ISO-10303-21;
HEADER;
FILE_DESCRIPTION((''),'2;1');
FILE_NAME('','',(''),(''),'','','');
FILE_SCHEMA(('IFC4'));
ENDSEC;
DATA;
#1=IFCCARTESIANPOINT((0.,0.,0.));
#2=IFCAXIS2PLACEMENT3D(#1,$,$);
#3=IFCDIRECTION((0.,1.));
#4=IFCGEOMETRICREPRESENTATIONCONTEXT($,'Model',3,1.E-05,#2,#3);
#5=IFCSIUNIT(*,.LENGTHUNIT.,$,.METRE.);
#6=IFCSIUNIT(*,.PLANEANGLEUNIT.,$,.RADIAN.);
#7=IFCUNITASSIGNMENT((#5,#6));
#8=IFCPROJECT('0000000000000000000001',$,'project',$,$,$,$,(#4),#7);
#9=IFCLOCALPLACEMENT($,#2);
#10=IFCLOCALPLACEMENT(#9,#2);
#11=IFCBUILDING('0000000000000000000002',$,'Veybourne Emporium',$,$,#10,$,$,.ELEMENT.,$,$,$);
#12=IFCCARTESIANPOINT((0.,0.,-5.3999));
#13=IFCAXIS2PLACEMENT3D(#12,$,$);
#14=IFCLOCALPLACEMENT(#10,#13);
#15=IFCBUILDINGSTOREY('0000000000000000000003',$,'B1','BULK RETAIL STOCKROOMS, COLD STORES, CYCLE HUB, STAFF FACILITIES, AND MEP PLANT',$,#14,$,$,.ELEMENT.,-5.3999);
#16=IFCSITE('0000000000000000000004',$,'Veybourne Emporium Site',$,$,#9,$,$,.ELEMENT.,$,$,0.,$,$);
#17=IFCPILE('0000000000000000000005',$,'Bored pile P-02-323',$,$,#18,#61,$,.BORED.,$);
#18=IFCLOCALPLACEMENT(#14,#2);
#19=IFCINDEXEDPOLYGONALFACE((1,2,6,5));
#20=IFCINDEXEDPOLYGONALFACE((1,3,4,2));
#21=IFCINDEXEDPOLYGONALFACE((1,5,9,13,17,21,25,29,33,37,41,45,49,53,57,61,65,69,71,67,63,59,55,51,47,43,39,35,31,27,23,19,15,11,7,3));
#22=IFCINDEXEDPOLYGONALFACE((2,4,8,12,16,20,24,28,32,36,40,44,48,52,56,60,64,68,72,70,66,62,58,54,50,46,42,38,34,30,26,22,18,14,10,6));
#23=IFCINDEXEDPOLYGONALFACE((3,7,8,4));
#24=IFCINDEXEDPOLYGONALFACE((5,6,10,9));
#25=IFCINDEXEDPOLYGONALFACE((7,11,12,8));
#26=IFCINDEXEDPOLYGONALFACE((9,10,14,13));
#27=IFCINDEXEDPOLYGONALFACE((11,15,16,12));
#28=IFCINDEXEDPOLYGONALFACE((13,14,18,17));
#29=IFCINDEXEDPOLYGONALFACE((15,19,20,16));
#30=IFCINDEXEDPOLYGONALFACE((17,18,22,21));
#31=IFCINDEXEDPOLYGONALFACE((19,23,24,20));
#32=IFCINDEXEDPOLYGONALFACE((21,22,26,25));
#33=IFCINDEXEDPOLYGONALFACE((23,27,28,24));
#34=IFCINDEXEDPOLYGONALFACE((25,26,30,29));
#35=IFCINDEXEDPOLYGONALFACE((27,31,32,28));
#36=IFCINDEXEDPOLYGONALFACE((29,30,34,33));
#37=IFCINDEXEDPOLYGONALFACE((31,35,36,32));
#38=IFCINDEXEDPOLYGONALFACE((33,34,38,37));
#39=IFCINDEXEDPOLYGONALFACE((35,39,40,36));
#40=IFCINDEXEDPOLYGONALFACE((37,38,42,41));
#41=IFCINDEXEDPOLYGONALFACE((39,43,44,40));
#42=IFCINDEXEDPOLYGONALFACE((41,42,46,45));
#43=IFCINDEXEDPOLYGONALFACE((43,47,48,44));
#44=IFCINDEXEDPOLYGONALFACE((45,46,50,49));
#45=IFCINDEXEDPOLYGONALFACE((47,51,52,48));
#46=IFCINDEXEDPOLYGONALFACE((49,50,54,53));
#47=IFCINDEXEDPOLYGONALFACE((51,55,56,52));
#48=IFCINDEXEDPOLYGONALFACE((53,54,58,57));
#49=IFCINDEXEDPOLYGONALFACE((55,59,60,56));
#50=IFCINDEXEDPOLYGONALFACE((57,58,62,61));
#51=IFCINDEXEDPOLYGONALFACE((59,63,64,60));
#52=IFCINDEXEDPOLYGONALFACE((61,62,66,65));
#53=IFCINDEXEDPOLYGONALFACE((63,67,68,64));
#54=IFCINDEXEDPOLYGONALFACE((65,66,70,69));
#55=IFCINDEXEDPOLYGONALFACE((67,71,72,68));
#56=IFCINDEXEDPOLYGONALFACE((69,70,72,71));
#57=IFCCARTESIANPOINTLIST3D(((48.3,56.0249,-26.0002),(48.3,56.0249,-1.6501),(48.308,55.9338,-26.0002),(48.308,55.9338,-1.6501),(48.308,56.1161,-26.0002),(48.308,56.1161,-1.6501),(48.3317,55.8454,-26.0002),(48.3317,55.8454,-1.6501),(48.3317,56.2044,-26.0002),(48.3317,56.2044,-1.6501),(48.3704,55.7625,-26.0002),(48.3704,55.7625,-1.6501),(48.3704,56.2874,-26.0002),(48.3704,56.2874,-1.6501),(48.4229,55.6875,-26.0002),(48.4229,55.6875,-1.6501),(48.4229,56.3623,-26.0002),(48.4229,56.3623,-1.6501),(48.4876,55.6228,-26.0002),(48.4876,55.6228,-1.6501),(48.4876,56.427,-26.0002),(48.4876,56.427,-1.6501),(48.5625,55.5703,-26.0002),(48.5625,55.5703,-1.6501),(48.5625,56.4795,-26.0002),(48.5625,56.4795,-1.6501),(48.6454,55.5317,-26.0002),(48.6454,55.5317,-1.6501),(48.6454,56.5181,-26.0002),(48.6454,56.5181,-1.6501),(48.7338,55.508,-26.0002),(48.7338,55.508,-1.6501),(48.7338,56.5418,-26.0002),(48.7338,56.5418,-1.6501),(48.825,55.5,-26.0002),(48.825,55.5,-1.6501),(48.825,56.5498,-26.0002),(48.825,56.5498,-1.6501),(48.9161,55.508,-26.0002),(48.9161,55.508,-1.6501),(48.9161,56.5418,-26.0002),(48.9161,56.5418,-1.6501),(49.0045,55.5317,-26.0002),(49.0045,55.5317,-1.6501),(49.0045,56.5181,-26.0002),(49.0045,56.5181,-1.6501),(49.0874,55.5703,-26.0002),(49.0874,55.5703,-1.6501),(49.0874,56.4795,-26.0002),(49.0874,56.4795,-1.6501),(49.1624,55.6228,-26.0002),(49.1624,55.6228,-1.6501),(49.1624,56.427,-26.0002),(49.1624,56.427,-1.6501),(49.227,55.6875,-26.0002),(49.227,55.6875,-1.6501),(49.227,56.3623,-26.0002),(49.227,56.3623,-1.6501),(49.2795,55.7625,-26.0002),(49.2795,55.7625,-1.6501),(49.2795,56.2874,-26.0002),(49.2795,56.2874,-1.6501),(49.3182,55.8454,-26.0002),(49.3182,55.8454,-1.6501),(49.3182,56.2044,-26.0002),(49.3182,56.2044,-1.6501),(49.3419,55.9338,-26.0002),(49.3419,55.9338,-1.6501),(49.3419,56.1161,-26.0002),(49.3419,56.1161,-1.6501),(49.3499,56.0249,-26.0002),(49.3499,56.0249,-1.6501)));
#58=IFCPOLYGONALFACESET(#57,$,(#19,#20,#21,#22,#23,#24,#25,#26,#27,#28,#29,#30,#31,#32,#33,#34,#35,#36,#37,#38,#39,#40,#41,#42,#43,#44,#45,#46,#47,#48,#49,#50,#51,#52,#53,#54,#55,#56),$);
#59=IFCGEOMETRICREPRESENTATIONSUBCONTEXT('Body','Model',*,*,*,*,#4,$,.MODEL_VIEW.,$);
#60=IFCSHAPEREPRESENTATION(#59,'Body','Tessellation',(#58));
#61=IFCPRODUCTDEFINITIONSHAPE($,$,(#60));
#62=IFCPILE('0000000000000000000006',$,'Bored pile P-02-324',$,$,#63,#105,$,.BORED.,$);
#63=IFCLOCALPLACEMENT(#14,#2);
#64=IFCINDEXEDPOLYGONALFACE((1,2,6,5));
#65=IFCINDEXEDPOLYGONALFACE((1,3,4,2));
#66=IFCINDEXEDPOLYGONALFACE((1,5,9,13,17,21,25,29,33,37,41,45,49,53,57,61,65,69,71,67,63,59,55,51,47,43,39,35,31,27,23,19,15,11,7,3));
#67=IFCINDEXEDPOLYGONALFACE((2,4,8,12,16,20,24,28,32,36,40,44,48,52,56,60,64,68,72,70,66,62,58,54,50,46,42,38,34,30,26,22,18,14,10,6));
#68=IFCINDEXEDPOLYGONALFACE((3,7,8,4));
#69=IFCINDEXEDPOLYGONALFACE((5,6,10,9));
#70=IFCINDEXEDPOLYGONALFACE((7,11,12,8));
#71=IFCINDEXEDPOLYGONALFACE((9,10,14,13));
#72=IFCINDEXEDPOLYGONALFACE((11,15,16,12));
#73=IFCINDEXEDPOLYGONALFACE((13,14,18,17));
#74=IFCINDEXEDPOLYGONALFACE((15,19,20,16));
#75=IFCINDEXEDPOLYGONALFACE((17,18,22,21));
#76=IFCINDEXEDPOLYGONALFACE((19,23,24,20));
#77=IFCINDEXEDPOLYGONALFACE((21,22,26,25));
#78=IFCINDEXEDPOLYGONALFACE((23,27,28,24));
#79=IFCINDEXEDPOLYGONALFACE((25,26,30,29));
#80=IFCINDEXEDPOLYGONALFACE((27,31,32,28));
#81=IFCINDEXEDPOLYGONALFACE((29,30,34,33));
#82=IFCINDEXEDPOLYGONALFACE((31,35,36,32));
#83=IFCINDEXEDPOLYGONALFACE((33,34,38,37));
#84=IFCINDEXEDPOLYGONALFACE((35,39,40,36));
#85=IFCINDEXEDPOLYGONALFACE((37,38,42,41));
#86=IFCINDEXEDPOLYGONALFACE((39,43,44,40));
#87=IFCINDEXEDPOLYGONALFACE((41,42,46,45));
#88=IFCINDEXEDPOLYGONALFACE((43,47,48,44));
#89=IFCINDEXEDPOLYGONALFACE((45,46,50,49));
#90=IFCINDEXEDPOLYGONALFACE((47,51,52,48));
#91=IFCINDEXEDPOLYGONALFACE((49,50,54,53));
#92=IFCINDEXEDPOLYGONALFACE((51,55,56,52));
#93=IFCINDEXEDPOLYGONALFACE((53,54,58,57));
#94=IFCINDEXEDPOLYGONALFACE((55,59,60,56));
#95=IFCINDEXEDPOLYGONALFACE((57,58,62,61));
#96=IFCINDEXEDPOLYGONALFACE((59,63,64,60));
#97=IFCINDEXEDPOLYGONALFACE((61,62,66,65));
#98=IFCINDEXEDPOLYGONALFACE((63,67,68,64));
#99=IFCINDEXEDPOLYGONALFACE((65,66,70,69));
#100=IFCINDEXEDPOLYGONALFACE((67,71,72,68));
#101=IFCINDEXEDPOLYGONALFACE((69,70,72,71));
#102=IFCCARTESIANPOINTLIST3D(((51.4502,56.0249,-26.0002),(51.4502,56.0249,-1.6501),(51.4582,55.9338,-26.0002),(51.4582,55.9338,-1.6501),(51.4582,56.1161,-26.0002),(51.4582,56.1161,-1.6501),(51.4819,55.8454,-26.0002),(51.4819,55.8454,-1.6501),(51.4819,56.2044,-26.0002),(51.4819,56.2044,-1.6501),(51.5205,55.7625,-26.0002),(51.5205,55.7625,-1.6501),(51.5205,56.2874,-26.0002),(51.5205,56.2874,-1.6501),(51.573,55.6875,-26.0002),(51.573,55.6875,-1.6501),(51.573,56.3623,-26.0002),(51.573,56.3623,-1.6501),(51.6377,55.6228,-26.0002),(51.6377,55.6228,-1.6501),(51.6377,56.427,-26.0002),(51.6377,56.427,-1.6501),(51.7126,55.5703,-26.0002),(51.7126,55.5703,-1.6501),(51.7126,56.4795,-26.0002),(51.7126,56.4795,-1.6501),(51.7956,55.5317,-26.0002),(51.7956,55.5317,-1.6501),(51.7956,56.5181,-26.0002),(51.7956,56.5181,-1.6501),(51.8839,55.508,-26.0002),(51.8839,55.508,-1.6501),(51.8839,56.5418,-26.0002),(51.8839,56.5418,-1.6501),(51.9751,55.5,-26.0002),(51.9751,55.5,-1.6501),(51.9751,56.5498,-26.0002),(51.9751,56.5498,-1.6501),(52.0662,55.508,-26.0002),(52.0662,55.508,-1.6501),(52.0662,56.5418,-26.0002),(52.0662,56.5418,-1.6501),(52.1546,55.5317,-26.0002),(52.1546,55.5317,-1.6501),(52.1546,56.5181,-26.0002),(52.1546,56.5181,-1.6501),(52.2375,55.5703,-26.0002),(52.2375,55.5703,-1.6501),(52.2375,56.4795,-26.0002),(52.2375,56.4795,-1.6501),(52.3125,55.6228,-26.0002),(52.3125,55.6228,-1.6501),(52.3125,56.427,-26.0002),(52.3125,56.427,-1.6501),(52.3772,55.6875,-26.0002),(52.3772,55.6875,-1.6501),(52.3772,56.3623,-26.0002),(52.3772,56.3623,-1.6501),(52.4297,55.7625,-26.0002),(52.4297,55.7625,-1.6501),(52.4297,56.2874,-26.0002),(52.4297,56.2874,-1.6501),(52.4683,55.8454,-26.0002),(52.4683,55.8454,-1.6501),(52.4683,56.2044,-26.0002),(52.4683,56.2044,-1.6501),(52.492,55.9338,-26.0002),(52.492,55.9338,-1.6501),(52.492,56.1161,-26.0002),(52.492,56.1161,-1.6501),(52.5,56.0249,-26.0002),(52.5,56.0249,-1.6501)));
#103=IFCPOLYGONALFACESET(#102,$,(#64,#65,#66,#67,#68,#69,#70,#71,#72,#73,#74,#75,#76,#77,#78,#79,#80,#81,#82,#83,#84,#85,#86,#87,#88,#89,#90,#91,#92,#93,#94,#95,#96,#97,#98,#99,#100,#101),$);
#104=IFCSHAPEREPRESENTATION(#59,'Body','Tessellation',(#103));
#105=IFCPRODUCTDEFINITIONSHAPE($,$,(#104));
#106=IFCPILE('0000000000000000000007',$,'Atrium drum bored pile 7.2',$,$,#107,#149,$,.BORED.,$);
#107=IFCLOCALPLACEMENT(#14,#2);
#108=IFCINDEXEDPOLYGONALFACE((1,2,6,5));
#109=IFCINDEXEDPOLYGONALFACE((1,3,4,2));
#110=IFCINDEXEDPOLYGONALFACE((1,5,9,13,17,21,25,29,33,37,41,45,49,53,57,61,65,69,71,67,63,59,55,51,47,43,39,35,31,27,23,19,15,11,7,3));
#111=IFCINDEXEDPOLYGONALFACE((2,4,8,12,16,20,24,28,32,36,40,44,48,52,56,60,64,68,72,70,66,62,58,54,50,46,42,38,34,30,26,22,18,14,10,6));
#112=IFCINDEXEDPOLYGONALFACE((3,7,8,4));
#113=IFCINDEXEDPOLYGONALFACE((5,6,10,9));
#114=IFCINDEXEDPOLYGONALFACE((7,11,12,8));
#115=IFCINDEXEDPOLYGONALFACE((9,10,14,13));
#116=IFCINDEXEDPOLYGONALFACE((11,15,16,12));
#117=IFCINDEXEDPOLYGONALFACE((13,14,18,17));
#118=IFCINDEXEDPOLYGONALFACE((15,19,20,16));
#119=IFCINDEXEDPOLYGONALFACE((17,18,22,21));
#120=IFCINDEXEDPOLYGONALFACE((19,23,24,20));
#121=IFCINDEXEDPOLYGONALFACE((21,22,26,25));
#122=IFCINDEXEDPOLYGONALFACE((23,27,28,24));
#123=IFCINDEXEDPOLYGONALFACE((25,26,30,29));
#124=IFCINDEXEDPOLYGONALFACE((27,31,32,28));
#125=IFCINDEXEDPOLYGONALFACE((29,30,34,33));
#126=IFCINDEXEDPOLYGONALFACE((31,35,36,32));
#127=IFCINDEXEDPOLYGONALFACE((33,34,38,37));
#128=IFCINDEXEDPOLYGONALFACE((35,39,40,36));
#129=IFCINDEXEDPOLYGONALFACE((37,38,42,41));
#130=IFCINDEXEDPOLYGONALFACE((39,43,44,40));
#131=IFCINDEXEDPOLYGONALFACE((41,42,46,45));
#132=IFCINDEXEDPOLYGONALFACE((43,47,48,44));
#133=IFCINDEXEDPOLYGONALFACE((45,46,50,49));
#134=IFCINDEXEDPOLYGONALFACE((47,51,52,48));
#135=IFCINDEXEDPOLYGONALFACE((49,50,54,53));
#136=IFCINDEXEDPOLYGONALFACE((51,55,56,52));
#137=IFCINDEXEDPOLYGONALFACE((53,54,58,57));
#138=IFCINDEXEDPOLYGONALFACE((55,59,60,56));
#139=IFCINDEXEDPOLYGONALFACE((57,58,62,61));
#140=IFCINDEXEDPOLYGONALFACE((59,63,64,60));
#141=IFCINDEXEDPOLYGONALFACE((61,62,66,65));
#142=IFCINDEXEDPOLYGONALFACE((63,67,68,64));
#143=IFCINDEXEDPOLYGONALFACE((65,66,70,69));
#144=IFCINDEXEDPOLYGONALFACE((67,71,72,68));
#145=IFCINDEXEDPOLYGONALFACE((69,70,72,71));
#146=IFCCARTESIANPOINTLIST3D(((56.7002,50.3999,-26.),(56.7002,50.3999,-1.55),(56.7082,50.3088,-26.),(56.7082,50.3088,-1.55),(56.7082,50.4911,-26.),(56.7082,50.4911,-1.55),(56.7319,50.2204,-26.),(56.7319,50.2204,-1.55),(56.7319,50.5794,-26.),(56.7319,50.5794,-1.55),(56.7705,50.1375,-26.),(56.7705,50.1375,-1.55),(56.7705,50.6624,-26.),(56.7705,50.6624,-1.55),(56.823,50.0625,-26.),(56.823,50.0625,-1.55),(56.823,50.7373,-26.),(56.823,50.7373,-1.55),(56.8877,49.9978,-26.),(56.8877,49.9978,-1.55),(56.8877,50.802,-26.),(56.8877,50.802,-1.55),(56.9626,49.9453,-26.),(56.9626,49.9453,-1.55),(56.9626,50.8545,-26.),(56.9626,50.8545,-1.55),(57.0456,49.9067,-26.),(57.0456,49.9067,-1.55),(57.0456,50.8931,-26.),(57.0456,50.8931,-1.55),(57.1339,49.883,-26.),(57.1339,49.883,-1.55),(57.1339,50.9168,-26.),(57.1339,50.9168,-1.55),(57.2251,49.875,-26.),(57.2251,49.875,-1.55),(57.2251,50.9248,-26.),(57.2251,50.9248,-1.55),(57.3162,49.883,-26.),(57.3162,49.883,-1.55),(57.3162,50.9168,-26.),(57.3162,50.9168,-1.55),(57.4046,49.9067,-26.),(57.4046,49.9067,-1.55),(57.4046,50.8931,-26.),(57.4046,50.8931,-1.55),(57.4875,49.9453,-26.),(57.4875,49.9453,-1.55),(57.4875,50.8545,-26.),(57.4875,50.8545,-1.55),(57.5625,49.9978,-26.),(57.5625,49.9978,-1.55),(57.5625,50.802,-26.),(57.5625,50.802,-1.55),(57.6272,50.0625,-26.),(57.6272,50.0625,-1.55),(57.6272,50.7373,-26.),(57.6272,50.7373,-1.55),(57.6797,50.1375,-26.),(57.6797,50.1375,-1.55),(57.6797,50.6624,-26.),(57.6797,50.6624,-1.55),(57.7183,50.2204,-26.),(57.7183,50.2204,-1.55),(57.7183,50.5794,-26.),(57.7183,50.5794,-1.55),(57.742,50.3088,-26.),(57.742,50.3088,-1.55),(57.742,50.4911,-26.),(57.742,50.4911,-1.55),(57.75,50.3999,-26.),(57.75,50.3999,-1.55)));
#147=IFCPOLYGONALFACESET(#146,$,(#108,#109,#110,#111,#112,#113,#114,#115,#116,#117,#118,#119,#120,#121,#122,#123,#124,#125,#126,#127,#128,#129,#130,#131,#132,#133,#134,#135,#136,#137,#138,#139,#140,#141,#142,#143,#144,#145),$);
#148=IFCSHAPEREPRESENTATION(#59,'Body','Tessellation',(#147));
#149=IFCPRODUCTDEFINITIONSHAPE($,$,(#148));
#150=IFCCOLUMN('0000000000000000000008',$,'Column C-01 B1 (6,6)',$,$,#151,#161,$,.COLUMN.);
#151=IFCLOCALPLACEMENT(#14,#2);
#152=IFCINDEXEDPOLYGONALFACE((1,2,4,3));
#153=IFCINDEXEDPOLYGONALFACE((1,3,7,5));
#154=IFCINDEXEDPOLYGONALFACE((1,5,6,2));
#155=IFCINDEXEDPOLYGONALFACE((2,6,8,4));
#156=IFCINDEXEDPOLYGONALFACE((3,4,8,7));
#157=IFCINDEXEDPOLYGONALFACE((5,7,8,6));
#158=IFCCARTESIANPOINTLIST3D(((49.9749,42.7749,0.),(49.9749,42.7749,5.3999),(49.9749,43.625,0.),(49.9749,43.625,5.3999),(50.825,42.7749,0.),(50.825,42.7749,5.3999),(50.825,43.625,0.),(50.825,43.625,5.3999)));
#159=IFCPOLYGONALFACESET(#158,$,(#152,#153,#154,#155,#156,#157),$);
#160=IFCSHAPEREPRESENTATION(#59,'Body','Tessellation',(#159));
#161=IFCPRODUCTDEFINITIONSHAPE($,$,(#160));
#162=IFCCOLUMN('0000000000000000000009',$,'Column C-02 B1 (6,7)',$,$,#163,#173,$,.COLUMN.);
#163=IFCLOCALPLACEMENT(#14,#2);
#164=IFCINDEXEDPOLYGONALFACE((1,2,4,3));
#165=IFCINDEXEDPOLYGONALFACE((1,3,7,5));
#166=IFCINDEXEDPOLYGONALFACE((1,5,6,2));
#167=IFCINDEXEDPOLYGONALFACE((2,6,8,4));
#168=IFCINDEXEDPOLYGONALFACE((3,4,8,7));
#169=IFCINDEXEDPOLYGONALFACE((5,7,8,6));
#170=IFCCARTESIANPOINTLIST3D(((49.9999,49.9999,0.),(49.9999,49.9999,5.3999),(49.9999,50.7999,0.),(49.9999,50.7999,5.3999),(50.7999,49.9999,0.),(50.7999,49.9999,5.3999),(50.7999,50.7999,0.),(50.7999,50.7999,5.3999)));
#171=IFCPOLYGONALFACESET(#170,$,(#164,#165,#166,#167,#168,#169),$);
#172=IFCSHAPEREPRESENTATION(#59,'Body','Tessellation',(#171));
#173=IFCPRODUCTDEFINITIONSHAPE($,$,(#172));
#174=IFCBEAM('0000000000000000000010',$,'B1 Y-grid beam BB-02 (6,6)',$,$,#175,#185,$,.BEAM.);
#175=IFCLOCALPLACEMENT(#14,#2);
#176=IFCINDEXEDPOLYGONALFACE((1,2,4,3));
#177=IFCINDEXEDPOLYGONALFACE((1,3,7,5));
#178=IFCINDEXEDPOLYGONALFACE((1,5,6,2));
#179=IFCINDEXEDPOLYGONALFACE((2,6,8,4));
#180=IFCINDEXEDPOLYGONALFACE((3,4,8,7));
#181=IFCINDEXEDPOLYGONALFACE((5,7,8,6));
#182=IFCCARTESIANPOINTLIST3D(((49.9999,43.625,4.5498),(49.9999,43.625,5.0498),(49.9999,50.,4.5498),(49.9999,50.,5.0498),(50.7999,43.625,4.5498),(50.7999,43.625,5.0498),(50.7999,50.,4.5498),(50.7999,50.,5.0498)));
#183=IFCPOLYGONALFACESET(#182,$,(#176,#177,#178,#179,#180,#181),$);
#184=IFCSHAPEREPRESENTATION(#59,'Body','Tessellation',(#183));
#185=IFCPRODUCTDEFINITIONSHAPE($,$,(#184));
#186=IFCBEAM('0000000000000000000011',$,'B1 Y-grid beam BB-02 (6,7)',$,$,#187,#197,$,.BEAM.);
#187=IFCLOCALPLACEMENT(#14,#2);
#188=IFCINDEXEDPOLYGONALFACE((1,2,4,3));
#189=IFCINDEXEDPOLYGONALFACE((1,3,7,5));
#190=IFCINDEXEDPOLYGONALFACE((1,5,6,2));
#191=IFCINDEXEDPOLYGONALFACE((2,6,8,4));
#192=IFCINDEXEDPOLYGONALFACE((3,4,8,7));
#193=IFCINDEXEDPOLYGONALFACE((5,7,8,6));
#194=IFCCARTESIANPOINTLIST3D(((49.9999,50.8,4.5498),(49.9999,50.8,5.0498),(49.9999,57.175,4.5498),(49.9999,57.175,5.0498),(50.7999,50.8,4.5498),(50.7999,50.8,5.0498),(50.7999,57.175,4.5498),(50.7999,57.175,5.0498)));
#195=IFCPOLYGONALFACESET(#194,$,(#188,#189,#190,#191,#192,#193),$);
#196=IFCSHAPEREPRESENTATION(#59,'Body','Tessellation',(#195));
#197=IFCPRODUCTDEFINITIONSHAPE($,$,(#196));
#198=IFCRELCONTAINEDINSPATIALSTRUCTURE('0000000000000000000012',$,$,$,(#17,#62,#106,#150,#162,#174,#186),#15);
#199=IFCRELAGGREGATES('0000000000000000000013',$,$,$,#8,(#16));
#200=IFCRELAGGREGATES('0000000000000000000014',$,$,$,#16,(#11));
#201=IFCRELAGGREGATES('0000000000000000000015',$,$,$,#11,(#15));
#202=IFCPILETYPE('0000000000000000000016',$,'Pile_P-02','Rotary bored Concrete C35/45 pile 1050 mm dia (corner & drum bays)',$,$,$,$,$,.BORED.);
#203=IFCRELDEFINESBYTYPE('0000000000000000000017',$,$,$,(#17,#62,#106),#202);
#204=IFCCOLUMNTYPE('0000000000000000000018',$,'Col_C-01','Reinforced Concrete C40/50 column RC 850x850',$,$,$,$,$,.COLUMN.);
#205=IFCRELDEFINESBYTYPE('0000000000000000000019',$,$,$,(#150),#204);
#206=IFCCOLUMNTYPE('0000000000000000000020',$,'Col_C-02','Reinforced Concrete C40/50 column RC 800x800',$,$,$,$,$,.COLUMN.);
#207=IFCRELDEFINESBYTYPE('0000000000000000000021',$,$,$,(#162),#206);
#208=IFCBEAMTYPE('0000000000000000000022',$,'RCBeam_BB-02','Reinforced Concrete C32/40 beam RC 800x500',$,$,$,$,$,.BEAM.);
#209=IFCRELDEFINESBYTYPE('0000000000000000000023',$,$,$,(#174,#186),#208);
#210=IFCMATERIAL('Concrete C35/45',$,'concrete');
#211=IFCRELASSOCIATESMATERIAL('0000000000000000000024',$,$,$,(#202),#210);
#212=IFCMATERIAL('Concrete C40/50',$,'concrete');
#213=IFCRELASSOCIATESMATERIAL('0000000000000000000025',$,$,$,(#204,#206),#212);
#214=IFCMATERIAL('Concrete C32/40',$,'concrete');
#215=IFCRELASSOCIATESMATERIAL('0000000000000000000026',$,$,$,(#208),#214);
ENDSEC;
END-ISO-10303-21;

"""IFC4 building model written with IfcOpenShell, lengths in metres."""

from ifc_helpers import new_model, si_unit, direction, frame, origin, origin_2d, place, context, subcontext, project, spatial, rectangle, circle, extrude, material, material_profile, profile_set, type_object, element, save


model = new_model("IFC4")

# Units and contexts
model_context = context("Model", 3, precision=1e-05, world=origin(), true_north=direction((0.0, 1.0)))
body_context = subcontext(model_context, "Body", "Model", "MODEL_VIEW")
ifc_project = project(units=[si_unit("LENGTHUNIT", "METRE"), si_unit("PLANEANGLEUNIT", "RADIAN")], contexts=[model_context])

# Site, building, storey
site_placement = place(None, origin())
site = spatial("IfcSite", under=ifc_project, at=site_placement, Name="Veybourne Emporium Site", CompositionType="ELEMENT", RefElevation=0.0)
building_placement = place(site_placement, origin())
building = spatial("IfcBuilding", under=site, at=building_placement, Name="Veybourne Emporium", CompositionType="ELEMENT")
storey_placement = place(building_placement, frame((0.0, 0.0, -5.3999)))
storey = spatial("IfcBuildingStorey", under=building, at=storey_placement, Name="B1", Description="BULK RETAIL STOCKROOMS, COLD STORES, CYCLE HUB, STAFF FACILITIES, AND MEP PLANT", CompositionType="ELEMENT", Elevation=-5.3999)

# Shared definitions
ifc_material_1 = material(Name="Concrete C35/45", Category="concrete")

# Piles
ifc_material_profile_1 = material_profile(ifc_material_1, circle(Radius=0.5249, at=origin_2d()), Name="BORED PILE 1050")
ifc_profile_set_1 = profile_set([ifc_material_profile_1], Name="Concrete C35/45")
pile_type = type_object("IfcPileType", Name="Pile_P-02", Description="Rotary bored Concrete C35/45 pile 1050 mm dia (corner & drum bays)", PredefinedType="BORED", material=ifc_profile_set_1)
for number, where, z_axis, x_axis, name in (
    (1, (48.825, 56.0249, -1.6501), (0.0, 0.0, -1.0), (1.0, 0.0, 0.0), "Bored pile P-02-323"),
    (2, (51.9751, 56.0249, -1.6501), (0.0, 0.0, -1.0), (1.0, 0.0, 0.0), "Bored pile P-02-324"),
):
    element("IfcPile", number, at=place(storey_placement, frame(where, z_axis=z_axis, x_axis=x_axis)), inside=storey, type_object=pile_type, Name=name, PredefinedType="BORED", context=body_context, shape_type="SweptSolid", body=[
        extrude(circle(Radius=0.5249, at=origin_2d()), origin(), (0.0, 0.0, 1.0), 24.3501),
    ])
pile_placement = place(storey_placement, frame((57.2251, 50.3999, -1.55), z_axis=(0.0, 0.0, -1.0), x_axis=(1.0, 0.0, 0.0)))
element("IfcPile", 3, at=pile_placement, inside=storey, type_object=pile_type, Name="Atrium drum bored pile 7.2", PredefinedType="BORED", context=body_context, shape_type="SweptSolid", body=[
    extrude(circle(Radius=0.5249, at=origin_2d()), origin(), (0.0, 0.0, 1.0), 24.45),
])

# Columns
ifc_material_2 = material(Name="Concrete C40/50", Category="concrete")
ifc_material_profile_2 = material_profile(ifc_material_2, rectangle(XDim=0.8501, YDim=0.8501, at=origin_2d()), Name="RC 850x850")
ifc_profile_set_2 = profile_set([ifc_material_profile_2], Name="Concrete C40/50")
column_type_1 = type_object("IfcColumnType", Name="Col_C-01", Description="Reinforced Concrete C40/50 column RC 850x850", PredefinedType="COLUMN", material=ifc_profile_set_2)
column_1_placement = place(storey_placement, frame((50.3999, 43.2, 0.0), z_axis=(0.0, 0.0, 1.0), x_axis=(1.0, 0.0, 0.0)))
element("IfcColumn", 4, at=column_1_placement, inside=storey, type_object=column_type_1, Name="Column C-01 B1 (6,6)", PredefinedType="COLUMN", context=body_context, shape_type="SweptSolid", body=[
    extrude(rectangle(XDim=0.8501, YDim=0.8501, at=origin_2d()), origin(), (0.0, 0.0, 1.0), 5.3999),
])
ifc_material_profile_3 = material_profile(ifc_material_2, rectangle(XDim=0.8, YDim=0.8, at=origin_2d()), Name="RC 800x800")
ifc_profile_set_3 = profile_set([ifc_material_profile_3], Name="Concrete C40/50")
column_type_2 = type_object("IfcColumnType", Name="Col_C-02", Description="Reinforced Concrete C40/50 column RC 800x800", PredefinedType="COLUMN", material=ifc_profile_set_3)
column_2_placement = place(storey_placement, frame((50.3999, 50.3999, 0.0), z_axis=(0.0, 0.0, 1.0), x_axis=(1.0, 0.0, 0.0)))
element("IfcColumn", 5, at=column_2_placement, inside=storey, type_object=column_type_2, Name="Column C-02 B1 (6,7)", PredefinedType="COLUMN", context=body_context, shape_type="SweptSolid", body=[
    extrude(rectangle(XDim=0.8, YDim=0.8, at=origin_2d()), origin(), (0.0, 0.0, 1.0), 5.3999),
])

# Beams
ifc_material_3 = material(Name="Concrete C32/40", Category="concrete")
ifc_material_profile_4 = material_profile(ifc_material_3, rectangle(XDim=0.8, YDim=0.5, at=origin_2d()), Name="RC 800x500")
ifc_profile_set_4 = profile_set([ifc_material_profile_4], Name="Concrete C32/40")
beam_type_1 = type_object("IfcBeamType", Name="RCBeam_BB-02", Description="Reinforced Concrete C32/40 beam RC 800x500", PredefinedType="BEAM", material=ifc_profile_set_4)
for number, where, z_axis, x_axis, name in (
    (6, (50.3999, 43.625, 4.7998), (0.0, 1.0, 0.0), (-1.0, 0.0, 0.0), "B1 Y-grid beam BB-02 (6,6)"),
    (7, (50.3999, 50.8, 4.7998), (0.0, 1.0, 0.0), (-1.0, 0.0, 0.0), "B1 Y-grid beam BB-02 (6,7)"),
):
    element("IfcBeam", number, at=place(storey_placement, frame(where, z_axis=z_axis, x_axis=x_axis)), inside=storey, type_object=beam_type_1, Name=name, PredefinedType="BEAM", context=body_context, shape_type="SweptSolid", body=[
        extrude(rectangle(XDim=0.8, YDim=0.5, at=origin_2d()), origin(), (0.0, 0.0, 1.0), 6.375),
    ])

save(model, "model.ifc")
